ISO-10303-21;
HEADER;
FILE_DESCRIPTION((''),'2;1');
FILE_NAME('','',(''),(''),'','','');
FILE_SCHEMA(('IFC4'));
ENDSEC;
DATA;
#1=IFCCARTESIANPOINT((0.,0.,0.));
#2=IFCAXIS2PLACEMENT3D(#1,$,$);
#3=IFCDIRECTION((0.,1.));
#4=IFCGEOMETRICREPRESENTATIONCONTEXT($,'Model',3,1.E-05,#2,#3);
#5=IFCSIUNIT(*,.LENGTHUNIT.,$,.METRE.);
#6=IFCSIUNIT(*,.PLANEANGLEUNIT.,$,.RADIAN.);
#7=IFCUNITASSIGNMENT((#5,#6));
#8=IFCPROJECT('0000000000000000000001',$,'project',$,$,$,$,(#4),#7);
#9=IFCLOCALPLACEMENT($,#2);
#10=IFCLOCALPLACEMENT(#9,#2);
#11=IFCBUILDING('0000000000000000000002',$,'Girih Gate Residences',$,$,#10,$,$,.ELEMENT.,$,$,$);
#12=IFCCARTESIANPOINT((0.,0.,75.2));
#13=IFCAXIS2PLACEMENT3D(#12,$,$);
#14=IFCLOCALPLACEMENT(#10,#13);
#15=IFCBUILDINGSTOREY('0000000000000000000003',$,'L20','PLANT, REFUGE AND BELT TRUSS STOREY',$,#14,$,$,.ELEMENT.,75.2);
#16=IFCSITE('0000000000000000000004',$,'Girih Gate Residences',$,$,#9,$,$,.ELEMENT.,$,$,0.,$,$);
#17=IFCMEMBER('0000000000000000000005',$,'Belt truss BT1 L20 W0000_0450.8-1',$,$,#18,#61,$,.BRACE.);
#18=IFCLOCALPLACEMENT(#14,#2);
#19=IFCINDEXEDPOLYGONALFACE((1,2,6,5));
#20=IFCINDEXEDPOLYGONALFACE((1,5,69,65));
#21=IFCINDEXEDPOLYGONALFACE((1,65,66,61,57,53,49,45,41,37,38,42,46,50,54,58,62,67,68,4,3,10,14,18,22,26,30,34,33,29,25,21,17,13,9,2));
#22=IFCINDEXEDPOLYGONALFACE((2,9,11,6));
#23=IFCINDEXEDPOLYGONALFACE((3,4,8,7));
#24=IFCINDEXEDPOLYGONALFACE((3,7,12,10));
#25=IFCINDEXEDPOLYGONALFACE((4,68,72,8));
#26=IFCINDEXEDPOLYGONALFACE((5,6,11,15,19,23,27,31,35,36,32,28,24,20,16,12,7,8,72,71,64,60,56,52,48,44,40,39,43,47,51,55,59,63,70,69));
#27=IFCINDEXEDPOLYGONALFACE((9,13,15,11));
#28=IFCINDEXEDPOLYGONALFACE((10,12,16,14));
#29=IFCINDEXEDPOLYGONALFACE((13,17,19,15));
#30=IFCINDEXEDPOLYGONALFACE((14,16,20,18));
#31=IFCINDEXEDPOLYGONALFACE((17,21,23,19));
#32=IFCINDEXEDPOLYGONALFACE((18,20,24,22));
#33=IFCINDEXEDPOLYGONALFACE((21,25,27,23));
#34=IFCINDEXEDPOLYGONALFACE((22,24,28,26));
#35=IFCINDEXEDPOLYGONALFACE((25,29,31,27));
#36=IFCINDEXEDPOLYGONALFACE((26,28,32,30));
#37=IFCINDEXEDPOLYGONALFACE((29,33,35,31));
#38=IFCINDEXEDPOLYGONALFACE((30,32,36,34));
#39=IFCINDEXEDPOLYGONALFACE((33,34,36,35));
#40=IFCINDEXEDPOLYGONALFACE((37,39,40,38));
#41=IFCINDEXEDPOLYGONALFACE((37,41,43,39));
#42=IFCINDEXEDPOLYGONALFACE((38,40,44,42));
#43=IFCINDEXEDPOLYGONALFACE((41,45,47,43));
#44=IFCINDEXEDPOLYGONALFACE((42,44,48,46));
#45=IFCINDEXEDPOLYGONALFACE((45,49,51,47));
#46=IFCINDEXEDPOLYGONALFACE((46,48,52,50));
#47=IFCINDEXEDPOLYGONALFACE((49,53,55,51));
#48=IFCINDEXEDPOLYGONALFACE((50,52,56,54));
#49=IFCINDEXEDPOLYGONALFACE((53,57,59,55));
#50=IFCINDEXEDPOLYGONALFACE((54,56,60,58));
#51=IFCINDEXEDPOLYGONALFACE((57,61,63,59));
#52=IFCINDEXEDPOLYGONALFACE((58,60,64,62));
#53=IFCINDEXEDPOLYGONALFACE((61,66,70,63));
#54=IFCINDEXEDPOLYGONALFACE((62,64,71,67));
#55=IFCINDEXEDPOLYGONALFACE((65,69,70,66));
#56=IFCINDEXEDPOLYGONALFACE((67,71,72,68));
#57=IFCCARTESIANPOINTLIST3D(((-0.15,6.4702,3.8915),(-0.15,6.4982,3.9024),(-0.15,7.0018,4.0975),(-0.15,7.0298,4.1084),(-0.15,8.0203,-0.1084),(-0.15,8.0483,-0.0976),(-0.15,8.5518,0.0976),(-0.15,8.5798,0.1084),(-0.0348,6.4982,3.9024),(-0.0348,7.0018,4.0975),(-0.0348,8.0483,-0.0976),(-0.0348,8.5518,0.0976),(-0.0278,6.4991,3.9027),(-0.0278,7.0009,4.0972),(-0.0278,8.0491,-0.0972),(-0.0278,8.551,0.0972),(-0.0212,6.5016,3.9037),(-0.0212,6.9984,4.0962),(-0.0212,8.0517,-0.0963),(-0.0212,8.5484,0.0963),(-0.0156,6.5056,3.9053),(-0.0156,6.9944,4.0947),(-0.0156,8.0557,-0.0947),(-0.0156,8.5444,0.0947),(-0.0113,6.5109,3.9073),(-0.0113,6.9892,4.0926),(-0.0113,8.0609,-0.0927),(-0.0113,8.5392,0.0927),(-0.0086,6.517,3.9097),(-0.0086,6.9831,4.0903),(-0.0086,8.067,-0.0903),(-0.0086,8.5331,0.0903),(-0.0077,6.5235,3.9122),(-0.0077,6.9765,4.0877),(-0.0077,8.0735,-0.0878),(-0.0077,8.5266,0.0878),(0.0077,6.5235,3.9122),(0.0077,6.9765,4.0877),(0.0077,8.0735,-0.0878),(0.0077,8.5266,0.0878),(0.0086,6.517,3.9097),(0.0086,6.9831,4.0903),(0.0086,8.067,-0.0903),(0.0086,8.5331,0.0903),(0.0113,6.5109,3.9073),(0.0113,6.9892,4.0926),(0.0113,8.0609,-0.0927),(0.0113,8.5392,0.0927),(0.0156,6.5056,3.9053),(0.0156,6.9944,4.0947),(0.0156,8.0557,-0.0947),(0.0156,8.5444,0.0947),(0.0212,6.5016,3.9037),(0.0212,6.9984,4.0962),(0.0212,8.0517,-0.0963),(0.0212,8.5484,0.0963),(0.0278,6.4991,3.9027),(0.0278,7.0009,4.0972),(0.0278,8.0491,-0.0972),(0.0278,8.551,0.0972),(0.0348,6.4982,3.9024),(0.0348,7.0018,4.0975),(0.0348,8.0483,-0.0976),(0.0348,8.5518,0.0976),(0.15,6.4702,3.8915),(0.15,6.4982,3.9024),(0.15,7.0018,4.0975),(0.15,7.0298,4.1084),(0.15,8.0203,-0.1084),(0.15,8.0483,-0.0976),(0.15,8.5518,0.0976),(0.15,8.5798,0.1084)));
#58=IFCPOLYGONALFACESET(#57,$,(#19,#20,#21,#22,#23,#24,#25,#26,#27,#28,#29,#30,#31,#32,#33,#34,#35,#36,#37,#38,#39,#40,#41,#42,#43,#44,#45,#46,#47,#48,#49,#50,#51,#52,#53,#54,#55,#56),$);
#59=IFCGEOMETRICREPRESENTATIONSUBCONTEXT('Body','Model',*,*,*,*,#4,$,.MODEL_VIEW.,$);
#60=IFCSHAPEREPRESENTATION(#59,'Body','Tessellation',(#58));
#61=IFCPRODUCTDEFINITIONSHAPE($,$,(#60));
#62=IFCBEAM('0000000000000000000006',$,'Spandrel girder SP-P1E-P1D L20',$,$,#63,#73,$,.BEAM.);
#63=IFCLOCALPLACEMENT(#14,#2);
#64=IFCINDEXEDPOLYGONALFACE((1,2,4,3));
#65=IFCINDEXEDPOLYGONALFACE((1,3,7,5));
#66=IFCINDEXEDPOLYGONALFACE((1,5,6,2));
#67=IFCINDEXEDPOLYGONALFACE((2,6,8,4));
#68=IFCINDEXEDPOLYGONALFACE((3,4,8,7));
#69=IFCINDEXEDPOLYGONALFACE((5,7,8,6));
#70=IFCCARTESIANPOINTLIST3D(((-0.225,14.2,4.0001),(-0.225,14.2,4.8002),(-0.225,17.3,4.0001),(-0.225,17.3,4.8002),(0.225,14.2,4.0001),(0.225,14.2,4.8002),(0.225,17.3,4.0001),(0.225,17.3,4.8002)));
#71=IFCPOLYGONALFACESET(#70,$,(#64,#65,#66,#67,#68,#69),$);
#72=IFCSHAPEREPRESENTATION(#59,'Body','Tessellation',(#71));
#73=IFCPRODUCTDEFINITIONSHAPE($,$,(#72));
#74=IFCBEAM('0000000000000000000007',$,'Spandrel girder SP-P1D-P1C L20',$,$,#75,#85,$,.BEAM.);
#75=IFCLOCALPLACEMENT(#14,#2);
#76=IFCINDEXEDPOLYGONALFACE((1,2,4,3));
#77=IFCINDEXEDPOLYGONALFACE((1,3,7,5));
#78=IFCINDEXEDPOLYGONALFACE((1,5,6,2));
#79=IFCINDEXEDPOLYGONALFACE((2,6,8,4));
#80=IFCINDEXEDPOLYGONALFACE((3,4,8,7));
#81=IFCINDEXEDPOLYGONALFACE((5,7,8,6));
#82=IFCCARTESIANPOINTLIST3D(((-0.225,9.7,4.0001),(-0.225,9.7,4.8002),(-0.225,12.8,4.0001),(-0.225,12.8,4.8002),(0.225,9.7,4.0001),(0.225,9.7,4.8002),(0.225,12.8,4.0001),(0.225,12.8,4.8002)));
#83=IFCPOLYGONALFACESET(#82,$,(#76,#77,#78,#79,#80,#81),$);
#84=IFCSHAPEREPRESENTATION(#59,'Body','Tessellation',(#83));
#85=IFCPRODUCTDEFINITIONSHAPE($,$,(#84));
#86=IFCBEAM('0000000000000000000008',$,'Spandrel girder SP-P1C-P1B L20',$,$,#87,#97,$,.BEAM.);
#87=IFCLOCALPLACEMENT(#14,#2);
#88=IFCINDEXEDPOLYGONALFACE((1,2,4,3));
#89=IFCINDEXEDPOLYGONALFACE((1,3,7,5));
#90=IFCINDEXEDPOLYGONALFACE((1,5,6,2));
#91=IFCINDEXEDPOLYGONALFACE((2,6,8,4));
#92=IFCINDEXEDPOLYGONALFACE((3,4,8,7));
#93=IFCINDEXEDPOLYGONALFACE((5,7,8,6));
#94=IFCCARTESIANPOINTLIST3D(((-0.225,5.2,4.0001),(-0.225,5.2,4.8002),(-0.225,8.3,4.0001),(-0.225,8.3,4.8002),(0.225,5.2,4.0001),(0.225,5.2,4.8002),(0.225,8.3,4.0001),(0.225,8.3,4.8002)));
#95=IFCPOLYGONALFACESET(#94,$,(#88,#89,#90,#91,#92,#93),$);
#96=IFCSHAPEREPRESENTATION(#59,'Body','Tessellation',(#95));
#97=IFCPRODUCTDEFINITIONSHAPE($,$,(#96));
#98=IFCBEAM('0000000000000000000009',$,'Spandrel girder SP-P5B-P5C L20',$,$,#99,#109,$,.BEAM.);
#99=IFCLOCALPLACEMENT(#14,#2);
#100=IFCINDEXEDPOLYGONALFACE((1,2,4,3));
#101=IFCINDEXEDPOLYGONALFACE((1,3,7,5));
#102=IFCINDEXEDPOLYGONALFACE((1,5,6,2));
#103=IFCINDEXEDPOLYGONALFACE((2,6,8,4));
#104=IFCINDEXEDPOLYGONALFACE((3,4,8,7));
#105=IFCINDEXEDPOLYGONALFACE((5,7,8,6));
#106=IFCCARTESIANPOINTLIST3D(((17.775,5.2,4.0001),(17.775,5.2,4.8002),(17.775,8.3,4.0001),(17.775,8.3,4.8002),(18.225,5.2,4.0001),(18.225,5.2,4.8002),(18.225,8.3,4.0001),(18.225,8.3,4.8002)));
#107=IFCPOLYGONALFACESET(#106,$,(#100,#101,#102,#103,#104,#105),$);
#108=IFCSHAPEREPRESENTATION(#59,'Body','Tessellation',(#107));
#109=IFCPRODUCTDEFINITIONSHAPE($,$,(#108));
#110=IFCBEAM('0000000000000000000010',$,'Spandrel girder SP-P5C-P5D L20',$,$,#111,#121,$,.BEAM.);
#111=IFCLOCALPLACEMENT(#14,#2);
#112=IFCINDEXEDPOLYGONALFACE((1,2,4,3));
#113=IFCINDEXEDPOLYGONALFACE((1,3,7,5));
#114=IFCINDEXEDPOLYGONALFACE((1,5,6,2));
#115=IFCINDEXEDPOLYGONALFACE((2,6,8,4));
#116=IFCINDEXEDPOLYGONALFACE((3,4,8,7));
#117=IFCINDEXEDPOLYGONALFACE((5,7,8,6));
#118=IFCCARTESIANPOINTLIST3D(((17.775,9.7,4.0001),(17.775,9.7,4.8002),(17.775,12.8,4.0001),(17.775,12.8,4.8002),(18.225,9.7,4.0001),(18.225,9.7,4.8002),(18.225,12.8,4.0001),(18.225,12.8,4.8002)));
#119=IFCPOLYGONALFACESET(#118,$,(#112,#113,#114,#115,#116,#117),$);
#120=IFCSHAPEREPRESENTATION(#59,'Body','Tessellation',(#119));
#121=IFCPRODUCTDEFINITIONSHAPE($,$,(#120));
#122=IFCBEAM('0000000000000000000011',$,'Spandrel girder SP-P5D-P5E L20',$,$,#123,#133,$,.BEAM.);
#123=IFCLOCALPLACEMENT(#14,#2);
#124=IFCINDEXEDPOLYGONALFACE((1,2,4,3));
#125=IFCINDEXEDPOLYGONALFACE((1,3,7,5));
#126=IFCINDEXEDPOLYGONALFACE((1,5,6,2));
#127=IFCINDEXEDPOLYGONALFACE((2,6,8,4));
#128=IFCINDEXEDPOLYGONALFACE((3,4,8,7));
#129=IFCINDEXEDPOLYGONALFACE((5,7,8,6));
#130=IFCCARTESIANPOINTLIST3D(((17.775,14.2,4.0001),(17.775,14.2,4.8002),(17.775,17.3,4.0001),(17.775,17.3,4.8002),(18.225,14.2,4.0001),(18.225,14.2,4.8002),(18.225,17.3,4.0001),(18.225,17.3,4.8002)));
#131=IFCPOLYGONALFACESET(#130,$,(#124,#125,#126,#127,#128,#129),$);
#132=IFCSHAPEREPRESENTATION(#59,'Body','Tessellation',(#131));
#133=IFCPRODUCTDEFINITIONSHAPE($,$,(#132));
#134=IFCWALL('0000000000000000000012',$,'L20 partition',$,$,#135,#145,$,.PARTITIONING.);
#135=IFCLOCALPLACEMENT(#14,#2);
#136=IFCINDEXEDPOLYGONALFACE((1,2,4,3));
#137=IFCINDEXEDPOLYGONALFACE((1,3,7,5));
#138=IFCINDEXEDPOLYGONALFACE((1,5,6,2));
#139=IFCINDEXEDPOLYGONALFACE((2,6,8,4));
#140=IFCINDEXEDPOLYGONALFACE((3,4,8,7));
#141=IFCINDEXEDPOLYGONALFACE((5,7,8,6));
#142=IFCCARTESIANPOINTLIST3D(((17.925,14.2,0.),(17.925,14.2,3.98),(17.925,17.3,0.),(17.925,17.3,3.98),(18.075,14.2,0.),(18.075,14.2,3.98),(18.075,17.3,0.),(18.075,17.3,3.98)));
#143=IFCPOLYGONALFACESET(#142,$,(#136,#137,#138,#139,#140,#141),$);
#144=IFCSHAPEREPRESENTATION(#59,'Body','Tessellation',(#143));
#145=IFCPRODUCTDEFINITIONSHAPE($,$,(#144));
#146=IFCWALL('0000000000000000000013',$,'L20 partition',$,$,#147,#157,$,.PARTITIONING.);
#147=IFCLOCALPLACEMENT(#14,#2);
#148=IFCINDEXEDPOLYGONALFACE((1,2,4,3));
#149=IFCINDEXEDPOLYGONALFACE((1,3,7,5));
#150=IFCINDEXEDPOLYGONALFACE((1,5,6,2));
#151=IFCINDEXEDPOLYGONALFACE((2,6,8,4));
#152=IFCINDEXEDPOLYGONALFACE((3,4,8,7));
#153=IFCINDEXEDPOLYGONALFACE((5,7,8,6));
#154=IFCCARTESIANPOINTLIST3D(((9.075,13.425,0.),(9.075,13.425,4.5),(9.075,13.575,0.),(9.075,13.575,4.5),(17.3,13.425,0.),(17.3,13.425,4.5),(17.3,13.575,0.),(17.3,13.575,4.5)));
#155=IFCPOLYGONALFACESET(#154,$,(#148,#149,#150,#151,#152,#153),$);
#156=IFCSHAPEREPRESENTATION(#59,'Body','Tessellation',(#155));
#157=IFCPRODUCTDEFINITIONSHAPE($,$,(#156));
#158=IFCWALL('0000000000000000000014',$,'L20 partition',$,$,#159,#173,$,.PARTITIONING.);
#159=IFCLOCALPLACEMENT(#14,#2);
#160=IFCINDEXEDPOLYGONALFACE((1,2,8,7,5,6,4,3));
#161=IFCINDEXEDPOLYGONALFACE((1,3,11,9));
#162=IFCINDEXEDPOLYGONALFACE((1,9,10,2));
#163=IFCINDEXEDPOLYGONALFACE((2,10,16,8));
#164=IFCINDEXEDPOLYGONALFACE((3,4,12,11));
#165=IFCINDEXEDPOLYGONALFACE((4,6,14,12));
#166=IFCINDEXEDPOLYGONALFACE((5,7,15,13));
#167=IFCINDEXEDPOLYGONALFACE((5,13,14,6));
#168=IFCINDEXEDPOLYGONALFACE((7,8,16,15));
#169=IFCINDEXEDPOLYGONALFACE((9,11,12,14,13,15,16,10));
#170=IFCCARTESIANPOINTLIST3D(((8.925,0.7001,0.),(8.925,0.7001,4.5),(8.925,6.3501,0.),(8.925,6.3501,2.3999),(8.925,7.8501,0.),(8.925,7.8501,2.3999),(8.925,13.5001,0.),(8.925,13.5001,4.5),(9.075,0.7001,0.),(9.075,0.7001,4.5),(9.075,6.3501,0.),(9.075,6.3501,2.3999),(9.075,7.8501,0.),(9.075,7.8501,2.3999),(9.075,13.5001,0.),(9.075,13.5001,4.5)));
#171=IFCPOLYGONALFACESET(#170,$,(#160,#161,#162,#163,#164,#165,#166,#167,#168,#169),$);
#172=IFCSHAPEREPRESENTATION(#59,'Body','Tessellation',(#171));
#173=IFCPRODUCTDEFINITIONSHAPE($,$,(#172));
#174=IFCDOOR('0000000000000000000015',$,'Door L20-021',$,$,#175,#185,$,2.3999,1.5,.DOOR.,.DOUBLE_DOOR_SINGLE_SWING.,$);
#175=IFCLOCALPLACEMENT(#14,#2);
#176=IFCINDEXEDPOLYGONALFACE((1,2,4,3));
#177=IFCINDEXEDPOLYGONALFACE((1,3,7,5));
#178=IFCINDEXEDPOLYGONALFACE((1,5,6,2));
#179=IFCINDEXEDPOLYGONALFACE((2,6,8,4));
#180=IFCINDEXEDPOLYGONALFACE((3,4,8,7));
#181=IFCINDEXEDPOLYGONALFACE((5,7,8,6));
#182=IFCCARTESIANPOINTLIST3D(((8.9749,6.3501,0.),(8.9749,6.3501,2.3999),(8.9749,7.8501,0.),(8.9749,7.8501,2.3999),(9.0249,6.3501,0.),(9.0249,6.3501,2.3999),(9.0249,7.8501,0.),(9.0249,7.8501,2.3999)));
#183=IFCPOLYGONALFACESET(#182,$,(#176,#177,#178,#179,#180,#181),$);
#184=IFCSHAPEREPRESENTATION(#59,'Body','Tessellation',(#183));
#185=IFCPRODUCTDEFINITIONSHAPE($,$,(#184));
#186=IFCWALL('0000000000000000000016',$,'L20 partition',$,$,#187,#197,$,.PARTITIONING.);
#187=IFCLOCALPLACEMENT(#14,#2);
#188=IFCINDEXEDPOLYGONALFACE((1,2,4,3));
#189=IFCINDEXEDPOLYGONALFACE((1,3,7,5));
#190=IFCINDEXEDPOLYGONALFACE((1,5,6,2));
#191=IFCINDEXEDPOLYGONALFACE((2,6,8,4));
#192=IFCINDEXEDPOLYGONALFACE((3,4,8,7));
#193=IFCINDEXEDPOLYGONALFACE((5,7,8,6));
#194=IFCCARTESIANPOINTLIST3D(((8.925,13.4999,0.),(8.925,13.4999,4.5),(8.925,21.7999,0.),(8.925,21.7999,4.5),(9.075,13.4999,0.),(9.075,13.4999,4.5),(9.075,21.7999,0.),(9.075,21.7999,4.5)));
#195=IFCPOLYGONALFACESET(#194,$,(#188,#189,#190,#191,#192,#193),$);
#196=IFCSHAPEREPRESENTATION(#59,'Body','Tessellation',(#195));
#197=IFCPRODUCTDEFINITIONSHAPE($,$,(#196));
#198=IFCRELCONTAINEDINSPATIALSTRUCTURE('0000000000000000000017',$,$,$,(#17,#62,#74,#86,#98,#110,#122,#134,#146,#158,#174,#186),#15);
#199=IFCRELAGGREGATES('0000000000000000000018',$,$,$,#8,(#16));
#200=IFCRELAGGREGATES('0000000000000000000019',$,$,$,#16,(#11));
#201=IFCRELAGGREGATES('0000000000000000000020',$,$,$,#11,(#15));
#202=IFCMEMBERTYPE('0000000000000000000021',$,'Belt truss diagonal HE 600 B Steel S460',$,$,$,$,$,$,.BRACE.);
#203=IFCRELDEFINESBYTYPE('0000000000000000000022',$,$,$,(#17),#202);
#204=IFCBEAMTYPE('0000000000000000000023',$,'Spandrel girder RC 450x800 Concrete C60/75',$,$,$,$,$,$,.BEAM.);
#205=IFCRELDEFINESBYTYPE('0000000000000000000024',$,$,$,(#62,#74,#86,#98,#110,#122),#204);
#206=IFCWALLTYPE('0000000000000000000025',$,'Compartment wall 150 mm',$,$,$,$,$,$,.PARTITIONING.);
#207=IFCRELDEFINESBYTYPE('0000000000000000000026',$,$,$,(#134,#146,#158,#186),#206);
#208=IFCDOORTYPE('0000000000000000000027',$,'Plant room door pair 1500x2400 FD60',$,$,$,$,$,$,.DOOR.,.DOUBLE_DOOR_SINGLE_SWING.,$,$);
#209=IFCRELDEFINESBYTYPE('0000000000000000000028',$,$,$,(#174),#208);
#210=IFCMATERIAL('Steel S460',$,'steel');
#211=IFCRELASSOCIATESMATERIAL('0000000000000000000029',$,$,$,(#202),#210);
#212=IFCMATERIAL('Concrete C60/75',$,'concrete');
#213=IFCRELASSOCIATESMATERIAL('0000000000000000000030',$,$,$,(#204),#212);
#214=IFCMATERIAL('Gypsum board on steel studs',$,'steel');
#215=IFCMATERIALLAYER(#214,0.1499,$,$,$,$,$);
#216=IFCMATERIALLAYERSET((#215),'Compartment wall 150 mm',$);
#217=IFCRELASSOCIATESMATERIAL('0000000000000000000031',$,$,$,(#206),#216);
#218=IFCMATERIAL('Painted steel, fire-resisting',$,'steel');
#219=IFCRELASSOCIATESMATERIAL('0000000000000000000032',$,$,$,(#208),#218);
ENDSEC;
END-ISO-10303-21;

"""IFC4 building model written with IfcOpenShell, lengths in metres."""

from ifc_helpers import new_model, si_unit, direction, frame, frame_2d, origin, origin_2d, place, context, subcontext, project, spatial, rectangle, i_section, extrude, material, layer, layer_set, material_profile, profile_set, type_object, element, fill, save


model = new_model("IFC4")

# Units and contexts
model_context = context("Model", 3, precision=1e-05, world=origin(), true_north=direction((0.0, 1.0)))
body_context = subcontext(model_context, "Body", "Model", "MODEL_VIEW")
ifc_project = project(units=[si_unit("LENGTHUNIT", "METRE"), si_unit("PLANEANGLEUNIT", "RADIAN")], contexts=[model_context])

# Site, building, storey
site_placement = place(None, origin())
site = spatial("IfcSite", under=ifc_project, at=site_placement, Name="Girih Gate Residences", CompositionType="ELEMENT", RefElevation=0.0)
building_placement = place(site_placement, origin())
building = spatial("IfcBuilding", under=site, at=building_placement, Name="Girih Gate Residences", CompositionType="ELEMENT")
storey_placement = place(building_placement, frame((0.0, 0.0, 75.2)))
storey = spatial("IfcBuildingStorey", under=building, at=storey_placement, Name="L20", Description="PLANT, REFUGE AND BELT TRUSS STOREY", CompositionType="ELEMENT", Elevation=75.2)

# Member
ifc_material_1 = material(Name="Steel S460", Category="steel")
ifc_material_profile_1 = material_profile(ifc_material_1, i_section(OverallWidth=0.3, OverallDepth=0.6001, WebThickness=0.0154, FlangeThickness=0.03, FilletRadius=0.0271, at=origin_2d()))
ifc_profile_set_1 = profile_set([ifc_material_profile_1], Name="Steel S460")
member_type = type_object("IfcMemberType", Name="Belt truss diagonal HE 600 B Steel S460", PredefinedType="BRACE", material=ifc_profile_set_1)
for number, where, z_axis, x_axis, name in (
    (1, (0.0, 8.3, 0.0), (0.0, -0.361331, 0.932438), (1.0, 0.0, 0.0), "Belt truss BT1 L20 W0000_0450.8-1"),
):
    element("IfcMember", number, at=place(storey_placement, frame(where, z_axis=z_axis, x_axis=x_axis)), inside=storey, type_object=member_type, Name=name, PredefinedType="BRACE", context=body_context, shape_type="SweptSolid", body=[
        extrude(i_section(OverallWidth=0.3, OverallDepth=0.6001, WebThickness=0.0154, FlangeThickness=0.03, FilletRadius=0.0271, at=origin_2d()), origin(), (0.0, 0.0, 1.0), 4.2898),
    ])

# Beams
ifc_material_2 = material(Name="Concrete C60/75", Category="concrete")
ifc_material_profile_2 = material_profile(ifc_material_2, rectangle(XDim=0.45, YDim=0.8, at=origin_2d()))
ifc_profile_set_2 = profile_set([ifc_material_profile_2], Name="Concrete C60/75")
beam_type = type_object("IfcBeamType", Name="Spandrel girder RC 450x800 Concrete C60/75", PredefinedType="BEAM", material=ifc_profile_set_2)
for number, where, z_axis, x_axis, name in (
    (2, (0.0, 17.3, 4.4001), (0.0, -1.0, 0.0), (1.0, 0.0, 0.0), "Spandrel girder SP-P1E-P1D L20"),
    (3, (0.0, 12.8, 4.4001), (0.0, -1.0, 0.0), (1.0, 0.0, 0.0), "Spandrel girder SP-P1D-P1C L20"),
    (4, (0.0, 8.3, 4.4001), (0.0, -1.0, 0.0), (1.0, 0.0, 0.0), "Spandrel girder SP-P1C-P1B L20"),
    (5, (18.0, 5.2, 4.4001), (0.0, 1.0, 0.0), (-1.0, 0.0, 0.0), "Spandrel girder SP-P5B-P5C L20"),
    (6, (18.0, 9.7, 4.4001), (0.0, 1.0, 0.0), (-1.0, 0.0, 0.0), "Spandrel girder SP-P5C-P5D L20"),
    (7, (18.0, 14.2, 4.4001), (0.0, 1.0, 0.0), (-1.0, 0.0, 0.0), "Spandrel girder SP-P5D-P5E L20"),
):
    element("IfcBeam", number, at=place(storey_placement, frame(where, z_axis=z_axis, x_axis=x_axis)), inside=storey, type_object=beam_type, Name=name, PredefinedType="BEAM", context=body_context, shape_type="SweptSolid", body=[
        extrude(rectangle(XDim=0.45, YDim=0.8, at=origin_2d()), origin(), (0.0, 0.0, 1.0), 3.1001),
    ])

# Walls
ifc_material_3 = material(Name="Gypsum board on steel studs", Category="steel")
ifc_layer_1 = layer(ifc_material_3, 0.1499)
ifc_layer_set_1 = layer_set([ifc_layer_1], Name="Compartment wall 150 mm")
wall_type_1 = type_object("IfcWallType", Name="Compartment wall 150 mm", PredefinedType="PARTITIONING", material=ifc_layer_set_1)
wall_1_placement = place(storey_placement, frame((18.0, 14.2, 0.0), z_axis=(0.0, 0.0, 1.0), x_axis=(0.0, 1.0, 0.0)))
element("IfcWall", 8, at=wall_1_placement, inside=storey, type_object=wall_type_1, Name="L20 partition", PredefinedType="PARTITIONING", context=body_context, shape_type="SweptSolid", body=[
    extrude(rectangle(XDim=3.1001, YDim=0.1499, at=frame_2d((1.55, 0.0))), origin(), (0.0, 0.0, 1.0), 3.98),
])
wall_2_placement = place(storey_placement, frame((9.075, 13.5, 0.0), z_axis=(0.0, 0.0, 1.0), x_axis=(1.0, 0.0, 0.0)))
element("IfcWall", 9, at=wall_2_placement, inside=storey, type_object=wall_type_1, Name="L20 partition", PredefinedType="PARTITIONING", context=body_context, shape_type="SweptSolid", body=[
    extrude(rectangle(XDim=8.2251, YDim=0.1499, at=frame_2d((4.1125, 0.0))), origin(), (0.0, 0.0, 1.0), 4.5),
])

# Wall, opening, door
wall_3_placement = place(storey_placement, frame((9.0, 13.5, 0.0), z_axis=(0.0, 0.0, 1.0), x_axis=(0.0, -1.0, 0.0)))
wall_3 = element("IfcWall", 10, at=wall_3_placement, inside=storey, type_object=wall_type_1, Name="L20 partition", PredefinedType="PARTITIONING", context=body_context, shape_type="SweptSolid", body=[
    extrude(rectangle(XDim=12.8, YDim=0.1499, at=frame_2d((6.3999, 0.0))), origin(), (0.0, 0.0, 1.0), 4.5),
])
opening_1_placement = place(wall_3_placement, frame((5.6499, 0.0, 0.0)))
opening_1 = element("IfcOpeningElement", 11, at=opening_1_placement, cuts=wall_3, PredefinedType="OPENING", context=body_context, shape_type="SweptSolid", body=[
    extrude(rectangle(XDim=1.5, YDim=2.3999, at=frame_2d((0.75, 1.2))), frame((0.0, 0.085, 0.0), z_axis=(0.0, -1.0, 0.0), x_axis=(1.0, 0.0, 0.0)), (0.0, 0.0, 1.0), 0.1699),
])
ifc_material_4 = material(Name="Painted steel, fire-resisting", Category="steel")
door_type_1 = type_object("IfcDoorType", Name="Plant room door pair 1500x2400 FD60", OperationType="DOUBLE_DOOR_SINGLE_SWING", PredefinedType="DOOR", material=ifc_material_4)
door_1_placement = place(opening_1_placement, origin())
door_1 = element("IfcDoor", 12, at=door_1_placement, inside=storey, type_object=door_type_1, Name="Door L20-021", OperationType="DOUBLE_DOOR_SINGLE_SWING", OverallHeight=2.3999, OverallWidth=1.5, PredefinedType="DOOR", context=body_context, shape_type="SweptSolid", body=[
    extrude(rectangle(XDim=1.5, YDim=2.3999, at=frame_2d((0.75, 1.2))), frame((0.0, 0.0249, 0.0), z_axis=(0.0, -1.0, 0.0), x_axis=(1.0, 0.0, 0.0)), (0.0, 0.0, 1.0), 0.05),
])
fill(opening_1, door_1)

# Wall
wall_4_placement = place(storey_placement, frame((9.0, 13.5, 0.0), z_axis=(0.0, 0.0, 1.0), x_axis=(0.0, 1.0, 0.0)))
element("IfcWall", 13, at=wall_4_placement, inside=storey, type_object=wall_type_1, Name="L20 partition", PredefinedType="PARTITIONING", context=body_context, shape_type="SweptSolid", body=[
    extrude(rectangle(XDim=8.3, YDim=0.1499, at=frame_2d((4.1499, 0.0))), origin(), (0.0, 0.0, 1.0), 4.5),
])

save(model, "model.ifc")
